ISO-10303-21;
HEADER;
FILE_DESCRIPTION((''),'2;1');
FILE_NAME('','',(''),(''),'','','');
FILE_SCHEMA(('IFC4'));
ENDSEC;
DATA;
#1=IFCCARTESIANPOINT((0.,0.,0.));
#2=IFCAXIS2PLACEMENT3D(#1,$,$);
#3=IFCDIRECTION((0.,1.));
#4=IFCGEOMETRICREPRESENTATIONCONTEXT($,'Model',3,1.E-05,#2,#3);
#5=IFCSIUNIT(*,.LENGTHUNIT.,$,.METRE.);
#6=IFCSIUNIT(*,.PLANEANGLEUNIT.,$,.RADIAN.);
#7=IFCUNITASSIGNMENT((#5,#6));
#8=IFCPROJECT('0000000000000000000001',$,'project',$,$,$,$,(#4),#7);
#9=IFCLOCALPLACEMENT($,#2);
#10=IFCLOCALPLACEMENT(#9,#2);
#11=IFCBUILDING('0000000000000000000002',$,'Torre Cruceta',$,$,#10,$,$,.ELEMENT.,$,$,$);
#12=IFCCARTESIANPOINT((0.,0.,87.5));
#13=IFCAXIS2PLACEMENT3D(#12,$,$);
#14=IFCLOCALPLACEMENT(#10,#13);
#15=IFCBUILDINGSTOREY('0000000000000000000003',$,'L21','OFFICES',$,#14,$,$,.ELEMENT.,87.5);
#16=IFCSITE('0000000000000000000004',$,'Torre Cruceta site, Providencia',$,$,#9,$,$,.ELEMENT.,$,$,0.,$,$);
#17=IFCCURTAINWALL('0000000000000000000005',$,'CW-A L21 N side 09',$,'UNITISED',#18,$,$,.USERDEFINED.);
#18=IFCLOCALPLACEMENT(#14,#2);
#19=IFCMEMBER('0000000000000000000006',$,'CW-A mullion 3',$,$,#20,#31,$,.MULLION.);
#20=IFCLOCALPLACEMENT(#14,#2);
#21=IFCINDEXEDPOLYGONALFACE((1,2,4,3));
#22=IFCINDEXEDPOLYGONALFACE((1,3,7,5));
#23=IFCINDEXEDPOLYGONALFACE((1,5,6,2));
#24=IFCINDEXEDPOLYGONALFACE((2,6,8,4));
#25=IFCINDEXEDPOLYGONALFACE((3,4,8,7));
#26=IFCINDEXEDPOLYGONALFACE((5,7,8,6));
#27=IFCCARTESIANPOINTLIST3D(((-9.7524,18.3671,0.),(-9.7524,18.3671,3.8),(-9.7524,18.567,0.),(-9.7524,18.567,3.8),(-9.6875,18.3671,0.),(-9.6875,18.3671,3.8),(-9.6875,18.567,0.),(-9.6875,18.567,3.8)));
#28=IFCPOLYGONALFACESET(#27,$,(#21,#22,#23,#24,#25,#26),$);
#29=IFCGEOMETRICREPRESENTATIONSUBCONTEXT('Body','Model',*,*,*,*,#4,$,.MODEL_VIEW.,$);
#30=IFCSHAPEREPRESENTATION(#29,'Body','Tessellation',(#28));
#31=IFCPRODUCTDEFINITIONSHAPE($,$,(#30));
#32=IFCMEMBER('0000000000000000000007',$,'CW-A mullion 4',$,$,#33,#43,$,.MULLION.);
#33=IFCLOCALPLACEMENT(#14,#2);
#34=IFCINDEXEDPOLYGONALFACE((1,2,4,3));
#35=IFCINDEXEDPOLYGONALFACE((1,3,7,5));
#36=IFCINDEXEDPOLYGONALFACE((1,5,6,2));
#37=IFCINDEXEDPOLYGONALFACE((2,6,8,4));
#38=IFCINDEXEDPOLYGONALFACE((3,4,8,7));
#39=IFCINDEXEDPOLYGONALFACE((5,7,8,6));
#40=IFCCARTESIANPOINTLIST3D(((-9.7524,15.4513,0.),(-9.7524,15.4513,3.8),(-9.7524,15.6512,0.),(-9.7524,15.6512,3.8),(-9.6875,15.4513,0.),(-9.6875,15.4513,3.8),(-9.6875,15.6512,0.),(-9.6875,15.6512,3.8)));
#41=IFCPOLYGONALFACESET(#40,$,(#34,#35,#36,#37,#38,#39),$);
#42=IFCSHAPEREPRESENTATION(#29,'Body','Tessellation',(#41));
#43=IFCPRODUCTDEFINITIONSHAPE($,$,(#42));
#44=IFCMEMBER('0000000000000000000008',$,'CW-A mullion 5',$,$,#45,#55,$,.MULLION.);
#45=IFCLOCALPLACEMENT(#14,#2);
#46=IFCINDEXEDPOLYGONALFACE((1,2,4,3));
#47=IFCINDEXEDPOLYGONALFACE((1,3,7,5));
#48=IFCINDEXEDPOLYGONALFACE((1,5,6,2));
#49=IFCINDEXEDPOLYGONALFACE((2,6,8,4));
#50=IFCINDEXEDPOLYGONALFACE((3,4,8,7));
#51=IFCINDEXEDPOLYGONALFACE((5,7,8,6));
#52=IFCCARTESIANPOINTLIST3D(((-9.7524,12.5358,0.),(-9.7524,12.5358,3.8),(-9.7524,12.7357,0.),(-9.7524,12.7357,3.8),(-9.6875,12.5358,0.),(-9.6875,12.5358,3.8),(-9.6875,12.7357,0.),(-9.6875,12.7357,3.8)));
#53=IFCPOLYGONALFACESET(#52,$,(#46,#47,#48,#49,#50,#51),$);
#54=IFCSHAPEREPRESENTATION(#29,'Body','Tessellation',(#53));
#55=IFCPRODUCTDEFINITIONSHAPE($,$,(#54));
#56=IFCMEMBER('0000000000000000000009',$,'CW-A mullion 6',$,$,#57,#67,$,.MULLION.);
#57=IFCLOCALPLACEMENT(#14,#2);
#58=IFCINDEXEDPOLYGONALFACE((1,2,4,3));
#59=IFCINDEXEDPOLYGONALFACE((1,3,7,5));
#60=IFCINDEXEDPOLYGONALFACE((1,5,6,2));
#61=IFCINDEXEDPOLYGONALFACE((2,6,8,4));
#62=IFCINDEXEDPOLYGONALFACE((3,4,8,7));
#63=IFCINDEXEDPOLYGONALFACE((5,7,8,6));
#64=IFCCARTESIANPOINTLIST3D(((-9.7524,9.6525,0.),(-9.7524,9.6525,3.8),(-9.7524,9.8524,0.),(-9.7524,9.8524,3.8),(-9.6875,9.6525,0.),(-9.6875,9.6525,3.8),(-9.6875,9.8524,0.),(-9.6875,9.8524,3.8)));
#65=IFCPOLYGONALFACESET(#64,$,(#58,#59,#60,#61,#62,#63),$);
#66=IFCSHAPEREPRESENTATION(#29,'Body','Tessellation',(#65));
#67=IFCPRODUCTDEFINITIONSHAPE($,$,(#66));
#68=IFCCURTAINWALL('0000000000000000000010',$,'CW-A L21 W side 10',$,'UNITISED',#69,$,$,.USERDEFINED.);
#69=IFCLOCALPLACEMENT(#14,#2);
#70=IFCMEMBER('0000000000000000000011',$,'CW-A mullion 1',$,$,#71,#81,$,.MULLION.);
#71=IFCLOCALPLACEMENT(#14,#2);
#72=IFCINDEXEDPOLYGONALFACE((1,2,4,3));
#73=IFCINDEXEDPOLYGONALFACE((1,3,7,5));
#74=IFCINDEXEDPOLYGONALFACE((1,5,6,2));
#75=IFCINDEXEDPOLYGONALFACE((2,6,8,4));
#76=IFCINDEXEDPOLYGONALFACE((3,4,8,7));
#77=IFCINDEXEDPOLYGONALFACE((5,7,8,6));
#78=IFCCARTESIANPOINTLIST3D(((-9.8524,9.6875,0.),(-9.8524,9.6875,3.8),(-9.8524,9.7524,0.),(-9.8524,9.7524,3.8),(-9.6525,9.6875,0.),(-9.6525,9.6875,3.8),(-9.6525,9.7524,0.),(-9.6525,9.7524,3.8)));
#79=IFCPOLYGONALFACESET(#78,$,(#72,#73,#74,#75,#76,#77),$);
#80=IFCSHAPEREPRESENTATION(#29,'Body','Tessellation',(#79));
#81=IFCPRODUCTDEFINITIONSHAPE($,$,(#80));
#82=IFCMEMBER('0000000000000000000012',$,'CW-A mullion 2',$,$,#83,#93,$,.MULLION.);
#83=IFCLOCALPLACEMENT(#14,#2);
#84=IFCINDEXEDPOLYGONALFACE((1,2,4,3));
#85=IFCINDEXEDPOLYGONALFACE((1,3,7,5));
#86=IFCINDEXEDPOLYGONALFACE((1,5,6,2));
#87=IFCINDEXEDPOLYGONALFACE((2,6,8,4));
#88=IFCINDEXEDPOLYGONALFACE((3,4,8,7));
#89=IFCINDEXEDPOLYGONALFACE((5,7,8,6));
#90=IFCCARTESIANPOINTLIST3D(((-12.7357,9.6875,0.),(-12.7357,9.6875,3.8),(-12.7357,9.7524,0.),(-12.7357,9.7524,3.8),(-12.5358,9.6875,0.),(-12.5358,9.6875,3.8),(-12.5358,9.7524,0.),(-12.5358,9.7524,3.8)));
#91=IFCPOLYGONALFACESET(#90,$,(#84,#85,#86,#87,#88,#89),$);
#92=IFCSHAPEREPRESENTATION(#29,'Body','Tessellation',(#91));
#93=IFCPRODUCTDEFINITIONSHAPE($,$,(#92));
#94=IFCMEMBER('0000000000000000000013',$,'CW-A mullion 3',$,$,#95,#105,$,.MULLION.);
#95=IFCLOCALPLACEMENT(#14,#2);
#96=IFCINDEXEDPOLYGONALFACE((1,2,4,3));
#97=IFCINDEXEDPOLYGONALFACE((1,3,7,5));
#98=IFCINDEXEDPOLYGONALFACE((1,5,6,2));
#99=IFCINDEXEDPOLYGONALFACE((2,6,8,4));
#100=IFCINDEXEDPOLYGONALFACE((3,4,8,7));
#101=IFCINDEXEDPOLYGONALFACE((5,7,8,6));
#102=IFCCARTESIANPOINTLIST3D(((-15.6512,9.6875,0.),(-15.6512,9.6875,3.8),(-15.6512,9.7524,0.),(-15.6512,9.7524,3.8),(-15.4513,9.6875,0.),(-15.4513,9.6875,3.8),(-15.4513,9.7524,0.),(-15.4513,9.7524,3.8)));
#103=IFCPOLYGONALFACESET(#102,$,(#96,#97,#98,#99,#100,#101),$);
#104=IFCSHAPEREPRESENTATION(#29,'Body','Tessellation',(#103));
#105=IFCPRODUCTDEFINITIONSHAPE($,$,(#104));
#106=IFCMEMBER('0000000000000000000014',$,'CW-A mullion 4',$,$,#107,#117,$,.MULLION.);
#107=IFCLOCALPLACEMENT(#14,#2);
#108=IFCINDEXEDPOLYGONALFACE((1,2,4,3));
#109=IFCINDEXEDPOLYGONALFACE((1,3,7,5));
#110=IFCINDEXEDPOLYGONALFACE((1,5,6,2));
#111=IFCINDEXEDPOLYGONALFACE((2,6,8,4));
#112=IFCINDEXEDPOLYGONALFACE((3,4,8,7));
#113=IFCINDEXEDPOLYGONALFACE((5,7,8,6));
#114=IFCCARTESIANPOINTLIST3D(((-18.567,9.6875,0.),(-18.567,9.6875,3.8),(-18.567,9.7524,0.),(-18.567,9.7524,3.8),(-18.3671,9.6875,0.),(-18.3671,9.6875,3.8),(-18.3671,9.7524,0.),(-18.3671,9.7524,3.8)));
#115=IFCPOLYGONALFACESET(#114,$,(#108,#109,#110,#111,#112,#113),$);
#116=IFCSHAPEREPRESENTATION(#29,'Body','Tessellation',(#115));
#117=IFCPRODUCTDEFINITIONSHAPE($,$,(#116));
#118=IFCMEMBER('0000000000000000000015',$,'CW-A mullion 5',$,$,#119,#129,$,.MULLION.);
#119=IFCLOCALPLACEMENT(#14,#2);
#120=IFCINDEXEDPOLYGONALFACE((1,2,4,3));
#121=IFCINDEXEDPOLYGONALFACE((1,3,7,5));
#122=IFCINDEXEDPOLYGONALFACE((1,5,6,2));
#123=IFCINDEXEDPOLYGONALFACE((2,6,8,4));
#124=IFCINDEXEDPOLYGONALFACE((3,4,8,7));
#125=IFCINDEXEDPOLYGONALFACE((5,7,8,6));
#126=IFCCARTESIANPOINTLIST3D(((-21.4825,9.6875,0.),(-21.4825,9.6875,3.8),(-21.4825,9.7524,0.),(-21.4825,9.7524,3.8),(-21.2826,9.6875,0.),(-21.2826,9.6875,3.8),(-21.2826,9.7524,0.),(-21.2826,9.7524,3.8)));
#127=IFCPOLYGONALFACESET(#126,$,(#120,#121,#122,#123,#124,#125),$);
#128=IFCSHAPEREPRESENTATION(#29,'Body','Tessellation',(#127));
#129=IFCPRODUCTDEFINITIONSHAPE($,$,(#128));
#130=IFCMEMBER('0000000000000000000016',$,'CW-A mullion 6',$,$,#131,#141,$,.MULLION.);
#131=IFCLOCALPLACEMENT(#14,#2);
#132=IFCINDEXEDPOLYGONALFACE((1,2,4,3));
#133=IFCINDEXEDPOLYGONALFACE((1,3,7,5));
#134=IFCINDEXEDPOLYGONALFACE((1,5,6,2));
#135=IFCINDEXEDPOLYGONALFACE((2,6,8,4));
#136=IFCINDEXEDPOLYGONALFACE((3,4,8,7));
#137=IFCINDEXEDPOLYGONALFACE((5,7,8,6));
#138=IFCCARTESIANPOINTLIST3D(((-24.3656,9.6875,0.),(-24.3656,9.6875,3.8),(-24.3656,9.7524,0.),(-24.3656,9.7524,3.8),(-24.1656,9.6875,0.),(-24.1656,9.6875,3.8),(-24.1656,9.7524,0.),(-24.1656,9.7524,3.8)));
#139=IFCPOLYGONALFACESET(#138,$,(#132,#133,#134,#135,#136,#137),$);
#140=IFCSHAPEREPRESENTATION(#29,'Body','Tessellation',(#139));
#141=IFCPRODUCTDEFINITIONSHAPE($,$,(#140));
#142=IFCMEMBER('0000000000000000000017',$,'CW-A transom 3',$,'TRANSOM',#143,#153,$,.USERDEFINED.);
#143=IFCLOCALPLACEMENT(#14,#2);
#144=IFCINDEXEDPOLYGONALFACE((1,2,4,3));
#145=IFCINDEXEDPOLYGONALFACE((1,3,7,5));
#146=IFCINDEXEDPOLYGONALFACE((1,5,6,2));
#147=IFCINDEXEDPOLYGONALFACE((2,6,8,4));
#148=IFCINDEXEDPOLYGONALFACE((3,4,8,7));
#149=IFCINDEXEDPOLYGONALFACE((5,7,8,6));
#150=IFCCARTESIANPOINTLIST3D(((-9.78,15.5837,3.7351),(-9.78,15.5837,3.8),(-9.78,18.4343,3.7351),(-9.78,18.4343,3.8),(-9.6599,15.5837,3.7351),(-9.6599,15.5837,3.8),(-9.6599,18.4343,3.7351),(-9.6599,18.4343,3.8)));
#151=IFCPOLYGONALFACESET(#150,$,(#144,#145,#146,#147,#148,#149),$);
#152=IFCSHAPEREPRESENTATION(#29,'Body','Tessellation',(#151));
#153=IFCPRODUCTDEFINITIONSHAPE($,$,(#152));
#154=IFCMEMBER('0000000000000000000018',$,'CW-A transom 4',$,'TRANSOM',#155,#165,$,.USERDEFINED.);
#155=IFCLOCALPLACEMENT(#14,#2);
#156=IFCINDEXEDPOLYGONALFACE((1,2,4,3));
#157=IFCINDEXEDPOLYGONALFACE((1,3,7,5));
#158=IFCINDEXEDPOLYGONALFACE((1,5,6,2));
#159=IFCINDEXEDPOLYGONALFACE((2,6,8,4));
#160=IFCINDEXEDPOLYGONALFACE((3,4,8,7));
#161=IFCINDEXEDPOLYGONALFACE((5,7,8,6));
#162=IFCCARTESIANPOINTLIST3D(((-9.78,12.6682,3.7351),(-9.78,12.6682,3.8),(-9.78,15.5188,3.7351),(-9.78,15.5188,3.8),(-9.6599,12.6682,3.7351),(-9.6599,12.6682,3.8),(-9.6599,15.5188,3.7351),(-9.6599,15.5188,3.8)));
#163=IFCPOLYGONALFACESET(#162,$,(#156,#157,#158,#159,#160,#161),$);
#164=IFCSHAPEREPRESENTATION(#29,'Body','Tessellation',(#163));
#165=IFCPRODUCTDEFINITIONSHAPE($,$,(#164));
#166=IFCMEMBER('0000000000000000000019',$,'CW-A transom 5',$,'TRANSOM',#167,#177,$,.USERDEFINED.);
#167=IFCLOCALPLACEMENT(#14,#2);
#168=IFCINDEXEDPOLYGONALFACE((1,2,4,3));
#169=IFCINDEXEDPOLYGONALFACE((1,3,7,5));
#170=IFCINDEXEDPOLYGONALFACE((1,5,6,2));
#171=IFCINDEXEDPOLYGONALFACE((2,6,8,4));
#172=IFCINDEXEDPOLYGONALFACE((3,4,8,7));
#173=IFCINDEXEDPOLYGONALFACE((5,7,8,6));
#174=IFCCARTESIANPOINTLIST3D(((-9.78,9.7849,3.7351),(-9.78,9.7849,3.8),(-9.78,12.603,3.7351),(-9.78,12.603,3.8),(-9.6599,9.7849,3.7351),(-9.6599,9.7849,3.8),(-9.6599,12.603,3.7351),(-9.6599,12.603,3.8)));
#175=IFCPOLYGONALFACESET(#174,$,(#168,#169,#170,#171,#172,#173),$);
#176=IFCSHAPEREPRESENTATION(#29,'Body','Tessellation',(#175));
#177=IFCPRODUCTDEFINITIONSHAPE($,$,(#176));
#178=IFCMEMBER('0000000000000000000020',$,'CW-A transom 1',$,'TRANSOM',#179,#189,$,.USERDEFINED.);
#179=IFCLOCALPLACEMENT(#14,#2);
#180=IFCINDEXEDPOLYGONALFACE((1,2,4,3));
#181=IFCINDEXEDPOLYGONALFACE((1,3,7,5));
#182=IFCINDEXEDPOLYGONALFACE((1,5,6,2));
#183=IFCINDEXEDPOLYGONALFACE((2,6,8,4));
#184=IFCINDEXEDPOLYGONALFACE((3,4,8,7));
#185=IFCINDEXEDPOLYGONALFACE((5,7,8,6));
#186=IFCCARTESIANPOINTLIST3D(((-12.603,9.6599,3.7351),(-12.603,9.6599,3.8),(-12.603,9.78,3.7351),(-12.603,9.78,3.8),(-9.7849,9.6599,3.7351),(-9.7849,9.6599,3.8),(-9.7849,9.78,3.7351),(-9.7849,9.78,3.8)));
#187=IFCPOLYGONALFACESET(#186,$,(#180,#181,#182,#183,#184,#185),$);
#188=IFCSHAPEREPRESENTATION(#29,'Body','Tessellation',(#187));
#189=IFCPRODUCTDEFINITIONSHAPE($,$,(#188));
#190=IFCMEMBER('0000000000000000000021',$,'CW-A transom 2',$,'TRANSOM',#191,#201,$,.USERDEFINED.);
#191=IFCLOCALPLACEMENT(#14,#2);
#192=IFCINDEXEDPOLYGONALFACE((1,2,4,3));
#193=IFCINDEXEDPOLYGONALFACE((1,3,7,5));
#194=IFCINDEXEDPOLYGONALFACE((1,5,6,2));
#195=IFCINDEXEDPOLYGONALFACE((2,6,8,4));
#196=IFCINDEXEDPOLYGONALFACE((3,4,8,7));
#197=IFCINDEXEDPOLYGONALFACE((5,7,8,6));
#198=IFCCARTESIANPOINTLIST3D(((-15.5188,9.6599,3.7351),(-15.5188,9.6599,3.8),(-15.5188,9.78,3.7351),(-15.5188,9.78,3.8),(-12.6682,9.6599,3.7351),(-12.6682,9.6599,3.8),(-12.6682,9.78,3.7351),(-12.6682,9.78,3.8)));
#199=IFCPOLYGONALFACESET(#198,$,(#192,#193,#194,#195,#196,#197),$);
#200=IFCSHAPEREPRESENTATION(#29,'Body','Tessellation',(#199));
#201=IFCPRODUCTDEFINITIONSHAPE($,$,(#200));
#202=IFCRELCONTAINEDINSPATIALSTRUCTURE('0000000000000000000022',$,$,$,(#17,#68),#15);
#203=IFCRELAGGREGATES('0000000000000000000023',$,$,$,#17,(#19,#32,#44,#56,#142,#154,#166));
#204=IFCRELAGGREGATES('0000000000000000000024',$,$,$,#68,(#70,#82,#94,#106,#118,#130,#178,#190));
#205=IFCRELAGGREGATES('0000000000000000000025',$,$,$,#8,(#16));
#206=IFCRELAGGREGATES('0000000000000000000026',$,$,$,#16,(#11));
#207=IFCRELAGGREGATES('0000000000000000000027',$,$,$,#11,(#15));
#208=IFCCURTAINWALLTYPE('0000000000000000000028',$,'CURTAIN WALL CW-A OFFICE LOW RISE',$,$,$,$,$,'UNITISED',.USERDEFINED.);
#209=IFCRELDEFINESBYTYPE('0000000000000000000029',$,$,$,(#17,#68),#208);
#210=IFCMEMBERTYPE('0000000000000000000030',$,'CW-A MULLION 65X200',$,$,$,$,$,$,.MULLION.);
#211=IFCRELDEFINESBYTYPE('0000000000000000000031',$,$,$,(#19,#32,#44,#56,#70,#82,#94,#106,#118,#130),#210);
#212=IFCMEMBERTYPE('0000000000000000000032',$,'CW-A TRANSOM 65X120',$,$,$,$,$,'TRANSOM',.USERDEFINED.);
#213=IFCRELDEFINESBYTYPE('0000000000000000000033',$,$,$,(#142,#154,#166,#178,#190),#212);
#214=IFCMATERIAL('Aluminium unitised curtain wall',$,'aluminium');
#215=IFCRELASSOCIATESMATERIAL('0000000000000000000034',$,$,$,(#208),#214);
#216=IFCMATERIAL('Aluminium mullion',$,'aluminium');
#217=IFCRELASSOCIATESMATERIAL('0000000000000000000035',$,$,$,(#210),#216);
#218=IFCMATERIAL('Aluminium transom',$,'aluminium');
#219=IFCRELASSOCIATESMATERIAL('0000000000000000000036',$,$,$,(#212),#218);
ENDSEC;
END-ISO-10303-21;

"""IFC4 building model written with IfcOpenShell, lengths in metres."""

from ifc_helpers import new_model, si_unit, direction, frame, origin, origin_2d, place, context, subcontext, project, spatial, rectangle, extrude, material, material_profile, profile_set, type_object, element, aggregate, save


model = new_model("IFC4")

# Units and contexts
model_context = context("Model", 3, precision=1e-05, world=origin(), true_north=direction((0.0, 1.0)))
body_context = subcontext(model_context, "Body", "Model", "MODEL_VIEW")
ifc_project = project(units=[si_unit("LENGTHUNIT", "METRE"), si_unit("PLANEANGLEUNIT", "RADIAN")], contexts=[model_context])

# Site, building, storey
site_placement = place(None, origin())
site = spatial("IfcSite", under=ifc_project, at=site_placement, Name="Torre Cruceta site, Providencia", CompositionType="ELEMENT", RefElevation=0.0)
building_placement = place(site_placement, origin())
building = spatial("IfcBuilding", under=site, at=building_placement, Name="Torre Cruceta", CompositionType="ELEMENT")
storey_placement = place(building_placement, frame((0.0, 0.0, 87.5)))
storey = spatial("IfcBuildingStorey", under=building, at=storey_placement, Name="L21", Description="OFFICES", CompositionType="ELEMENT", Elevation=87.5)

# Curtain walls, members
ifc_material_1 = material(Name="Aluminium unitised curtain wall", Category="aluminium")
curtain_wall_type = type_object("IfcCurtainWallType", Name="CURTAIN WALL CW-A OFFICE LOW RISE", ElementType="UNITISED", PredefinedType="USERDEFINED", material=ifc_material_1)
curtain_wall_1_placement = place(storey_placement, origin())
curtain_wall_1 = element("IfcCurtainWall", 1, at=curtain_wall_1_placement, inside=storey, type_object=curtain_wall_type, Name="CW-A L21 N side 09", ObjectType="UNITISED", PredefinedType="USERDEFINED")
ifc_material_2 = material(Name="Aluminium mullion", Category="aluminium")
ifc_material_profile_1 = material_profile(ifc_material_2, rectangle(XDim=0.0649, YDim=0.2, at=origin_2d()), Name="AL 65X200")
ifc_profile_set_1 = profile_set([ifc_material_profile_1], Name="Aluminium mullion")
member_type_1 = type_object("IfcMemberType", Name="CW-A MULLION 65X200", PredefinedType="MULLION", material=ifc_profile_set_1)
member_1_placement = place(storey_placement, frame((-9.72, 18.467, 0.0), z_axis=(0.0, 0.0, 1.0), x_axis=(1.0, 0.0, 0.0)))
member_1 = element("IfcMember", 2, at=member_1_placement, type_object=member_type_1, Name="CW-A mullion 3", PredefinedType="MULLION", context=body_context, shape_type="SweptSolid", body=[
    extrude(rectangle(XDim=0.0649, YDim=0.2, at=origin_2d()), origin(), (0.0, 0.0, 1.0), 3.8),
])
member_2_placement = place(storey_placement, frame((-9.72, 15.5513, 0.0), z_axis=(0.0, 0.0, 1.0), x_axis=(1.0, 0.0, 0.0)))
member_2 = element("IfcMember", 3, at=member_2_placement, type_object=member_type_1, Name="CW-A mullion 4", PredefinedType="MULLION", context=body_context, shape_type="SweptSolid", body=[
    extrude(rectangle(XDim=0.0649, YDim=0.2, at=origin_2d()), origin(), (0.0, 0.0, 1.0), 3.8),
])
member_3_placement = place(storey_placement, frame((-9.72, 12.6357, 0.0), z_axis=(0.0, 0.0, 1.0), x_axis=(1.0, 0.0, 0.0)))
member_3 = element("IfcMember", 4, at=member_3_placement, type_object=member_type_1, Name="CW-A mullion 5", PredefinedType="MULLION", context=body_context, shape_type="SweptSolid", body=[
    extrude(rectangle(XDim=0.0649, YDim=0.2, at=origin_2d()), origin(), (0.0, 0.0, 1.0), 3.8),
])
member_4_placement = place(storey_placement, frame((-9.72, 9.7524, 0.0), z_axis=(0.0, 0.0, 1.0), x_axis=(1.0, 0.0, 0.0)))
member_4 = element("IfcMember", 5, at=member_4_placement, type_object=member_type_1, Name="CW-A mullion 6", PredefinedType="MULLION", context=body_context, shape_type="SweptSolid", body=[
    extrude(rectangle(XDim=0.0649, YDim=0.2, at=origin_2d()), origin(), (0.0, 0.0, 1.0), 3.8),
])
curtain_wall_2_placement = place(storey_placement, origin())
curtain_wall_2 = element("IfcCurtainWall", 6, at=curtain_wall_2_placement, inside=storey, type_object=curtain_wall_type, Name="CW-A L21 W side 10", ObjectType="UNITISED", PredefinedType="USERDEFINED")
member_5_placement = place(storey_placement, frame((-9.7524, 9.72, 0.0), z_axis=(0.0, 0.0, 1.0), x_axis=(0.0, -1.0, 0.0)))
member_5 = element("IfcMember", 7, at=member_5_placement, type_object=member_type_1, Name="CW-A mullion 1", PredefinedType="MULLION", context=body_context, shape_type="SweptSolid", body=[
    extrude(rectangle(XDim=0.0649, YDim=0.2, at=origin_2d()), origin(), (0.0, 0.0, 1.0), 3.8),
])
member_6_placement = place(storey_placement, frame((-12.6357, 9.72, 0.0), z_axis=(0.0, 0.0, 1.0), x_axis=(0.0, -1.0, 0.0)))
member_6 = element("IfcMember", 8, at=member_6_placement, type_object=member_type_1, Name="CW-A mullion 2", PredefinedType="MULLION", context=body_context, shape_type="SweptSolid", body=[
    extrude(rectangle(XDim=0.0649, YDim=0.2, at=origin_2d()), origin(), (0.0, 0.0, 1.0), 3.8),
])
member_7_placement = place(storey_placement, frame((-15.5513, 9.72, 0.0), z_axis=(0.0, 0.0, 1.0), x_axis=(0.0, -1.0, 0.0)))
member_7 = element("IfcMember", 9, at=member_7_placement, type_object=member_type_1, Name="CW-A mullion 3", PredefinedType="MULLION", context=body_context, shape_type="SweptSolid", body=[
    extrude(rectangle(XDim=0.0649, YDim=0.2, at=origin_2d()), origin(), (0.0, 0.0, 1.0), 3.8),
])
member_8_placement = place(storey_placement, frame((-18.467, 9.72, 0.0), z_axis=(0.0, 0.0, 1.0), x_axis=(0.0, -1.0, 0.0)))
member_8 = element("IfcMember", 10, at=member_8_placement, type_object=member_type_1, Name="CW-A mullion 4", PredefinedType="MULLION", context=body_context, shape_type="SweptSolid", body=[
    extrude(rectangle(XDim=0.0649, YDim=0.2, at=origin_2d()), origin(), (0.0, 0.0, 1.0), 3.8),
])
member_9_placement = place(storey_placement, frame((-21.3826, 9.72, 0.0), z_axis=(0.0, 0.0, 1.0), x_axis=(0.0, -1.0, 0.0)))
member_9 = element("IfcMember", 11, at=member_9_placement, type_object=member_type_1, Name="CW-A mullion 5", PredefinedType="MULLION", context=body_context, shape_type="SweptSolid", body=[
    extrude(rectangle(XDim=0.0649, YDim=0.2, at=origin_2d()), origin(), (0.0, 0.0, 1.0), 3.8),
])
member_10_placement = place(storey_placement, frame((-24.2656, 9.72, 0.0), z_axis=(0.0, 0.0, 1.0), x_axis=(0.0, -1.0, 0.0)))
member_10 = element("IfcMember", 12, at=member_10_placement, type_object=member_type_1, Name="CW-A mullion 6", PredefinedType="MULLION", context=body_context, shape_type="SweptSolid", body=[
    extrude(rectangle(XDim=0.0649, YDim=0.2, at=origin_2d()), origin(), (0.0, 0.0, 1.0), 3.8),
])

# Members
ifc_material_3 = material(Name="Aluminium transom", Category="aluminium")
ifc_material_profile_2 = material_profile(ifc_material_3, rectangle(XDim=0.1201, YDim=0.0649, at=origin_2d()), Name="AL 120X65")
ifc_profile_set_2 = profile_set([ifc_material_profile_2], Name="Aluminium transom")
member_type_2 = type_object("IfcMemberType", Name="CW-A TRANSOM 65X120", ElementType="TRANSOM", PredefinedType="USERDEFINED", material=ifc_profile_set_2)
member_11_placement = place(storey_placement, frame((-9.72, 18.4343, 3.7676), z_axis=(0.0, -1.0, 0.0), x_axis=(1.0, 0.0, 0.0)))
member_11 = element("IfcMember", 13, at=member_11_placement, type_object=member_type_2, Name="CW-A transom 3", ObjectType="TRANSOM", PredefinedType="USERDEFINED", context=body_context, shape_type="SweptSolid", body=[
    extrude(rectangle(XDim=0.1201, YDim=0.0649, at=origin_2d()), origin(), (0.0, 0.0, 1.0), 2.8506),
])
member_12_placement = place(storey_placement, frame((-9.72, 15.5188, 3.7676), z_axis=(0.0, -1.0, 0.0), x_axis=(1.0, 0.0, 0.0)))
member_12 = element("IfcMember", 14, at=member_12_placement, type_object=member_type_2, Name="CW-A transom 4", ObjectType="TRANSOM", PredefinedType="USERDEFINED", context=body_context, shape_type="SweptSolid", body=[
    extrude(rectangle(XDim=0.1201, YDim=0.0649, at=origin_2d()), origin(), (0.0, 0.0, 1.0), 2.8506),
])
member_13_placement = place(storey_placement, frame((-9.72, 12.603, 3.7676), z_axis=(0.0, -1.0, 0.0), x_axis=(1.0, 0.0, 0.0)))
member_13 = element("IfcMember", 15, at=member_13_placement, type_object=member_type_2, Name="CW-A transom 5", ObjectType="TRANSOM", PredefinedType="USERDEFINED", context=body_context, shape_type="SweptSolid", body=[
    extrude(rectangle(XDim=0.1201, YDim=0.0649, at=origin_2d()), origin(), (0.0, 0.0, 1.0), 2.8181),
])
member_14_placement = place(storey_placement, frame((-9.7849, 9.72, 3.7676), z_axis=(-1.0, 0.0, 0.0), x_axis=(0.0, -1.0, 0.0)))
member_14 = element("IfcMember", 16, at=member_14_placement, type_object=member_type_2, Name="CW-A transom 1", ObjectType="TRANSOM", PredefinedType="USERDEFINED", context=body_context, shape_type="SweptSolid", body=[
    extrude(rectangle(XDim=0.1201, YDim=0.0649, at=origin_2d()), origin(), (0.0, 0.0, 1.0), 2.8181),
])
member_15_placement = place(storey_placement, frame((-12.6682, 9.72, 3.7676), z_axis=(-1.0, 0.0, 0.0), x_axis=(0.0, -1.0, 0.0)))
member_15 = element("IfcMember", 17, at=member_15_placement, type_object=member_type_2, Name="CW-A transom 2", ObjectType="TRANSOM", PredefinedType="USERDEFINED", context=body_context, shape_type="SweptSolid", body=[
    extrude(rectangle(XDim=0.1201, YDim=0.0649, at=origin_2d()), origin(), (0.0, 0.0, 1.0), 2.8506),
])

aggregate(curtain_wall_1, [member_1, member_2, member_3, member_4, member_11, member_12, member_13])
aggregate(curtain_wall_2, [member_5, member_6, member_7, member_8, member_9, member_10, member_14, member_15])

save(model, "model.ifc")
